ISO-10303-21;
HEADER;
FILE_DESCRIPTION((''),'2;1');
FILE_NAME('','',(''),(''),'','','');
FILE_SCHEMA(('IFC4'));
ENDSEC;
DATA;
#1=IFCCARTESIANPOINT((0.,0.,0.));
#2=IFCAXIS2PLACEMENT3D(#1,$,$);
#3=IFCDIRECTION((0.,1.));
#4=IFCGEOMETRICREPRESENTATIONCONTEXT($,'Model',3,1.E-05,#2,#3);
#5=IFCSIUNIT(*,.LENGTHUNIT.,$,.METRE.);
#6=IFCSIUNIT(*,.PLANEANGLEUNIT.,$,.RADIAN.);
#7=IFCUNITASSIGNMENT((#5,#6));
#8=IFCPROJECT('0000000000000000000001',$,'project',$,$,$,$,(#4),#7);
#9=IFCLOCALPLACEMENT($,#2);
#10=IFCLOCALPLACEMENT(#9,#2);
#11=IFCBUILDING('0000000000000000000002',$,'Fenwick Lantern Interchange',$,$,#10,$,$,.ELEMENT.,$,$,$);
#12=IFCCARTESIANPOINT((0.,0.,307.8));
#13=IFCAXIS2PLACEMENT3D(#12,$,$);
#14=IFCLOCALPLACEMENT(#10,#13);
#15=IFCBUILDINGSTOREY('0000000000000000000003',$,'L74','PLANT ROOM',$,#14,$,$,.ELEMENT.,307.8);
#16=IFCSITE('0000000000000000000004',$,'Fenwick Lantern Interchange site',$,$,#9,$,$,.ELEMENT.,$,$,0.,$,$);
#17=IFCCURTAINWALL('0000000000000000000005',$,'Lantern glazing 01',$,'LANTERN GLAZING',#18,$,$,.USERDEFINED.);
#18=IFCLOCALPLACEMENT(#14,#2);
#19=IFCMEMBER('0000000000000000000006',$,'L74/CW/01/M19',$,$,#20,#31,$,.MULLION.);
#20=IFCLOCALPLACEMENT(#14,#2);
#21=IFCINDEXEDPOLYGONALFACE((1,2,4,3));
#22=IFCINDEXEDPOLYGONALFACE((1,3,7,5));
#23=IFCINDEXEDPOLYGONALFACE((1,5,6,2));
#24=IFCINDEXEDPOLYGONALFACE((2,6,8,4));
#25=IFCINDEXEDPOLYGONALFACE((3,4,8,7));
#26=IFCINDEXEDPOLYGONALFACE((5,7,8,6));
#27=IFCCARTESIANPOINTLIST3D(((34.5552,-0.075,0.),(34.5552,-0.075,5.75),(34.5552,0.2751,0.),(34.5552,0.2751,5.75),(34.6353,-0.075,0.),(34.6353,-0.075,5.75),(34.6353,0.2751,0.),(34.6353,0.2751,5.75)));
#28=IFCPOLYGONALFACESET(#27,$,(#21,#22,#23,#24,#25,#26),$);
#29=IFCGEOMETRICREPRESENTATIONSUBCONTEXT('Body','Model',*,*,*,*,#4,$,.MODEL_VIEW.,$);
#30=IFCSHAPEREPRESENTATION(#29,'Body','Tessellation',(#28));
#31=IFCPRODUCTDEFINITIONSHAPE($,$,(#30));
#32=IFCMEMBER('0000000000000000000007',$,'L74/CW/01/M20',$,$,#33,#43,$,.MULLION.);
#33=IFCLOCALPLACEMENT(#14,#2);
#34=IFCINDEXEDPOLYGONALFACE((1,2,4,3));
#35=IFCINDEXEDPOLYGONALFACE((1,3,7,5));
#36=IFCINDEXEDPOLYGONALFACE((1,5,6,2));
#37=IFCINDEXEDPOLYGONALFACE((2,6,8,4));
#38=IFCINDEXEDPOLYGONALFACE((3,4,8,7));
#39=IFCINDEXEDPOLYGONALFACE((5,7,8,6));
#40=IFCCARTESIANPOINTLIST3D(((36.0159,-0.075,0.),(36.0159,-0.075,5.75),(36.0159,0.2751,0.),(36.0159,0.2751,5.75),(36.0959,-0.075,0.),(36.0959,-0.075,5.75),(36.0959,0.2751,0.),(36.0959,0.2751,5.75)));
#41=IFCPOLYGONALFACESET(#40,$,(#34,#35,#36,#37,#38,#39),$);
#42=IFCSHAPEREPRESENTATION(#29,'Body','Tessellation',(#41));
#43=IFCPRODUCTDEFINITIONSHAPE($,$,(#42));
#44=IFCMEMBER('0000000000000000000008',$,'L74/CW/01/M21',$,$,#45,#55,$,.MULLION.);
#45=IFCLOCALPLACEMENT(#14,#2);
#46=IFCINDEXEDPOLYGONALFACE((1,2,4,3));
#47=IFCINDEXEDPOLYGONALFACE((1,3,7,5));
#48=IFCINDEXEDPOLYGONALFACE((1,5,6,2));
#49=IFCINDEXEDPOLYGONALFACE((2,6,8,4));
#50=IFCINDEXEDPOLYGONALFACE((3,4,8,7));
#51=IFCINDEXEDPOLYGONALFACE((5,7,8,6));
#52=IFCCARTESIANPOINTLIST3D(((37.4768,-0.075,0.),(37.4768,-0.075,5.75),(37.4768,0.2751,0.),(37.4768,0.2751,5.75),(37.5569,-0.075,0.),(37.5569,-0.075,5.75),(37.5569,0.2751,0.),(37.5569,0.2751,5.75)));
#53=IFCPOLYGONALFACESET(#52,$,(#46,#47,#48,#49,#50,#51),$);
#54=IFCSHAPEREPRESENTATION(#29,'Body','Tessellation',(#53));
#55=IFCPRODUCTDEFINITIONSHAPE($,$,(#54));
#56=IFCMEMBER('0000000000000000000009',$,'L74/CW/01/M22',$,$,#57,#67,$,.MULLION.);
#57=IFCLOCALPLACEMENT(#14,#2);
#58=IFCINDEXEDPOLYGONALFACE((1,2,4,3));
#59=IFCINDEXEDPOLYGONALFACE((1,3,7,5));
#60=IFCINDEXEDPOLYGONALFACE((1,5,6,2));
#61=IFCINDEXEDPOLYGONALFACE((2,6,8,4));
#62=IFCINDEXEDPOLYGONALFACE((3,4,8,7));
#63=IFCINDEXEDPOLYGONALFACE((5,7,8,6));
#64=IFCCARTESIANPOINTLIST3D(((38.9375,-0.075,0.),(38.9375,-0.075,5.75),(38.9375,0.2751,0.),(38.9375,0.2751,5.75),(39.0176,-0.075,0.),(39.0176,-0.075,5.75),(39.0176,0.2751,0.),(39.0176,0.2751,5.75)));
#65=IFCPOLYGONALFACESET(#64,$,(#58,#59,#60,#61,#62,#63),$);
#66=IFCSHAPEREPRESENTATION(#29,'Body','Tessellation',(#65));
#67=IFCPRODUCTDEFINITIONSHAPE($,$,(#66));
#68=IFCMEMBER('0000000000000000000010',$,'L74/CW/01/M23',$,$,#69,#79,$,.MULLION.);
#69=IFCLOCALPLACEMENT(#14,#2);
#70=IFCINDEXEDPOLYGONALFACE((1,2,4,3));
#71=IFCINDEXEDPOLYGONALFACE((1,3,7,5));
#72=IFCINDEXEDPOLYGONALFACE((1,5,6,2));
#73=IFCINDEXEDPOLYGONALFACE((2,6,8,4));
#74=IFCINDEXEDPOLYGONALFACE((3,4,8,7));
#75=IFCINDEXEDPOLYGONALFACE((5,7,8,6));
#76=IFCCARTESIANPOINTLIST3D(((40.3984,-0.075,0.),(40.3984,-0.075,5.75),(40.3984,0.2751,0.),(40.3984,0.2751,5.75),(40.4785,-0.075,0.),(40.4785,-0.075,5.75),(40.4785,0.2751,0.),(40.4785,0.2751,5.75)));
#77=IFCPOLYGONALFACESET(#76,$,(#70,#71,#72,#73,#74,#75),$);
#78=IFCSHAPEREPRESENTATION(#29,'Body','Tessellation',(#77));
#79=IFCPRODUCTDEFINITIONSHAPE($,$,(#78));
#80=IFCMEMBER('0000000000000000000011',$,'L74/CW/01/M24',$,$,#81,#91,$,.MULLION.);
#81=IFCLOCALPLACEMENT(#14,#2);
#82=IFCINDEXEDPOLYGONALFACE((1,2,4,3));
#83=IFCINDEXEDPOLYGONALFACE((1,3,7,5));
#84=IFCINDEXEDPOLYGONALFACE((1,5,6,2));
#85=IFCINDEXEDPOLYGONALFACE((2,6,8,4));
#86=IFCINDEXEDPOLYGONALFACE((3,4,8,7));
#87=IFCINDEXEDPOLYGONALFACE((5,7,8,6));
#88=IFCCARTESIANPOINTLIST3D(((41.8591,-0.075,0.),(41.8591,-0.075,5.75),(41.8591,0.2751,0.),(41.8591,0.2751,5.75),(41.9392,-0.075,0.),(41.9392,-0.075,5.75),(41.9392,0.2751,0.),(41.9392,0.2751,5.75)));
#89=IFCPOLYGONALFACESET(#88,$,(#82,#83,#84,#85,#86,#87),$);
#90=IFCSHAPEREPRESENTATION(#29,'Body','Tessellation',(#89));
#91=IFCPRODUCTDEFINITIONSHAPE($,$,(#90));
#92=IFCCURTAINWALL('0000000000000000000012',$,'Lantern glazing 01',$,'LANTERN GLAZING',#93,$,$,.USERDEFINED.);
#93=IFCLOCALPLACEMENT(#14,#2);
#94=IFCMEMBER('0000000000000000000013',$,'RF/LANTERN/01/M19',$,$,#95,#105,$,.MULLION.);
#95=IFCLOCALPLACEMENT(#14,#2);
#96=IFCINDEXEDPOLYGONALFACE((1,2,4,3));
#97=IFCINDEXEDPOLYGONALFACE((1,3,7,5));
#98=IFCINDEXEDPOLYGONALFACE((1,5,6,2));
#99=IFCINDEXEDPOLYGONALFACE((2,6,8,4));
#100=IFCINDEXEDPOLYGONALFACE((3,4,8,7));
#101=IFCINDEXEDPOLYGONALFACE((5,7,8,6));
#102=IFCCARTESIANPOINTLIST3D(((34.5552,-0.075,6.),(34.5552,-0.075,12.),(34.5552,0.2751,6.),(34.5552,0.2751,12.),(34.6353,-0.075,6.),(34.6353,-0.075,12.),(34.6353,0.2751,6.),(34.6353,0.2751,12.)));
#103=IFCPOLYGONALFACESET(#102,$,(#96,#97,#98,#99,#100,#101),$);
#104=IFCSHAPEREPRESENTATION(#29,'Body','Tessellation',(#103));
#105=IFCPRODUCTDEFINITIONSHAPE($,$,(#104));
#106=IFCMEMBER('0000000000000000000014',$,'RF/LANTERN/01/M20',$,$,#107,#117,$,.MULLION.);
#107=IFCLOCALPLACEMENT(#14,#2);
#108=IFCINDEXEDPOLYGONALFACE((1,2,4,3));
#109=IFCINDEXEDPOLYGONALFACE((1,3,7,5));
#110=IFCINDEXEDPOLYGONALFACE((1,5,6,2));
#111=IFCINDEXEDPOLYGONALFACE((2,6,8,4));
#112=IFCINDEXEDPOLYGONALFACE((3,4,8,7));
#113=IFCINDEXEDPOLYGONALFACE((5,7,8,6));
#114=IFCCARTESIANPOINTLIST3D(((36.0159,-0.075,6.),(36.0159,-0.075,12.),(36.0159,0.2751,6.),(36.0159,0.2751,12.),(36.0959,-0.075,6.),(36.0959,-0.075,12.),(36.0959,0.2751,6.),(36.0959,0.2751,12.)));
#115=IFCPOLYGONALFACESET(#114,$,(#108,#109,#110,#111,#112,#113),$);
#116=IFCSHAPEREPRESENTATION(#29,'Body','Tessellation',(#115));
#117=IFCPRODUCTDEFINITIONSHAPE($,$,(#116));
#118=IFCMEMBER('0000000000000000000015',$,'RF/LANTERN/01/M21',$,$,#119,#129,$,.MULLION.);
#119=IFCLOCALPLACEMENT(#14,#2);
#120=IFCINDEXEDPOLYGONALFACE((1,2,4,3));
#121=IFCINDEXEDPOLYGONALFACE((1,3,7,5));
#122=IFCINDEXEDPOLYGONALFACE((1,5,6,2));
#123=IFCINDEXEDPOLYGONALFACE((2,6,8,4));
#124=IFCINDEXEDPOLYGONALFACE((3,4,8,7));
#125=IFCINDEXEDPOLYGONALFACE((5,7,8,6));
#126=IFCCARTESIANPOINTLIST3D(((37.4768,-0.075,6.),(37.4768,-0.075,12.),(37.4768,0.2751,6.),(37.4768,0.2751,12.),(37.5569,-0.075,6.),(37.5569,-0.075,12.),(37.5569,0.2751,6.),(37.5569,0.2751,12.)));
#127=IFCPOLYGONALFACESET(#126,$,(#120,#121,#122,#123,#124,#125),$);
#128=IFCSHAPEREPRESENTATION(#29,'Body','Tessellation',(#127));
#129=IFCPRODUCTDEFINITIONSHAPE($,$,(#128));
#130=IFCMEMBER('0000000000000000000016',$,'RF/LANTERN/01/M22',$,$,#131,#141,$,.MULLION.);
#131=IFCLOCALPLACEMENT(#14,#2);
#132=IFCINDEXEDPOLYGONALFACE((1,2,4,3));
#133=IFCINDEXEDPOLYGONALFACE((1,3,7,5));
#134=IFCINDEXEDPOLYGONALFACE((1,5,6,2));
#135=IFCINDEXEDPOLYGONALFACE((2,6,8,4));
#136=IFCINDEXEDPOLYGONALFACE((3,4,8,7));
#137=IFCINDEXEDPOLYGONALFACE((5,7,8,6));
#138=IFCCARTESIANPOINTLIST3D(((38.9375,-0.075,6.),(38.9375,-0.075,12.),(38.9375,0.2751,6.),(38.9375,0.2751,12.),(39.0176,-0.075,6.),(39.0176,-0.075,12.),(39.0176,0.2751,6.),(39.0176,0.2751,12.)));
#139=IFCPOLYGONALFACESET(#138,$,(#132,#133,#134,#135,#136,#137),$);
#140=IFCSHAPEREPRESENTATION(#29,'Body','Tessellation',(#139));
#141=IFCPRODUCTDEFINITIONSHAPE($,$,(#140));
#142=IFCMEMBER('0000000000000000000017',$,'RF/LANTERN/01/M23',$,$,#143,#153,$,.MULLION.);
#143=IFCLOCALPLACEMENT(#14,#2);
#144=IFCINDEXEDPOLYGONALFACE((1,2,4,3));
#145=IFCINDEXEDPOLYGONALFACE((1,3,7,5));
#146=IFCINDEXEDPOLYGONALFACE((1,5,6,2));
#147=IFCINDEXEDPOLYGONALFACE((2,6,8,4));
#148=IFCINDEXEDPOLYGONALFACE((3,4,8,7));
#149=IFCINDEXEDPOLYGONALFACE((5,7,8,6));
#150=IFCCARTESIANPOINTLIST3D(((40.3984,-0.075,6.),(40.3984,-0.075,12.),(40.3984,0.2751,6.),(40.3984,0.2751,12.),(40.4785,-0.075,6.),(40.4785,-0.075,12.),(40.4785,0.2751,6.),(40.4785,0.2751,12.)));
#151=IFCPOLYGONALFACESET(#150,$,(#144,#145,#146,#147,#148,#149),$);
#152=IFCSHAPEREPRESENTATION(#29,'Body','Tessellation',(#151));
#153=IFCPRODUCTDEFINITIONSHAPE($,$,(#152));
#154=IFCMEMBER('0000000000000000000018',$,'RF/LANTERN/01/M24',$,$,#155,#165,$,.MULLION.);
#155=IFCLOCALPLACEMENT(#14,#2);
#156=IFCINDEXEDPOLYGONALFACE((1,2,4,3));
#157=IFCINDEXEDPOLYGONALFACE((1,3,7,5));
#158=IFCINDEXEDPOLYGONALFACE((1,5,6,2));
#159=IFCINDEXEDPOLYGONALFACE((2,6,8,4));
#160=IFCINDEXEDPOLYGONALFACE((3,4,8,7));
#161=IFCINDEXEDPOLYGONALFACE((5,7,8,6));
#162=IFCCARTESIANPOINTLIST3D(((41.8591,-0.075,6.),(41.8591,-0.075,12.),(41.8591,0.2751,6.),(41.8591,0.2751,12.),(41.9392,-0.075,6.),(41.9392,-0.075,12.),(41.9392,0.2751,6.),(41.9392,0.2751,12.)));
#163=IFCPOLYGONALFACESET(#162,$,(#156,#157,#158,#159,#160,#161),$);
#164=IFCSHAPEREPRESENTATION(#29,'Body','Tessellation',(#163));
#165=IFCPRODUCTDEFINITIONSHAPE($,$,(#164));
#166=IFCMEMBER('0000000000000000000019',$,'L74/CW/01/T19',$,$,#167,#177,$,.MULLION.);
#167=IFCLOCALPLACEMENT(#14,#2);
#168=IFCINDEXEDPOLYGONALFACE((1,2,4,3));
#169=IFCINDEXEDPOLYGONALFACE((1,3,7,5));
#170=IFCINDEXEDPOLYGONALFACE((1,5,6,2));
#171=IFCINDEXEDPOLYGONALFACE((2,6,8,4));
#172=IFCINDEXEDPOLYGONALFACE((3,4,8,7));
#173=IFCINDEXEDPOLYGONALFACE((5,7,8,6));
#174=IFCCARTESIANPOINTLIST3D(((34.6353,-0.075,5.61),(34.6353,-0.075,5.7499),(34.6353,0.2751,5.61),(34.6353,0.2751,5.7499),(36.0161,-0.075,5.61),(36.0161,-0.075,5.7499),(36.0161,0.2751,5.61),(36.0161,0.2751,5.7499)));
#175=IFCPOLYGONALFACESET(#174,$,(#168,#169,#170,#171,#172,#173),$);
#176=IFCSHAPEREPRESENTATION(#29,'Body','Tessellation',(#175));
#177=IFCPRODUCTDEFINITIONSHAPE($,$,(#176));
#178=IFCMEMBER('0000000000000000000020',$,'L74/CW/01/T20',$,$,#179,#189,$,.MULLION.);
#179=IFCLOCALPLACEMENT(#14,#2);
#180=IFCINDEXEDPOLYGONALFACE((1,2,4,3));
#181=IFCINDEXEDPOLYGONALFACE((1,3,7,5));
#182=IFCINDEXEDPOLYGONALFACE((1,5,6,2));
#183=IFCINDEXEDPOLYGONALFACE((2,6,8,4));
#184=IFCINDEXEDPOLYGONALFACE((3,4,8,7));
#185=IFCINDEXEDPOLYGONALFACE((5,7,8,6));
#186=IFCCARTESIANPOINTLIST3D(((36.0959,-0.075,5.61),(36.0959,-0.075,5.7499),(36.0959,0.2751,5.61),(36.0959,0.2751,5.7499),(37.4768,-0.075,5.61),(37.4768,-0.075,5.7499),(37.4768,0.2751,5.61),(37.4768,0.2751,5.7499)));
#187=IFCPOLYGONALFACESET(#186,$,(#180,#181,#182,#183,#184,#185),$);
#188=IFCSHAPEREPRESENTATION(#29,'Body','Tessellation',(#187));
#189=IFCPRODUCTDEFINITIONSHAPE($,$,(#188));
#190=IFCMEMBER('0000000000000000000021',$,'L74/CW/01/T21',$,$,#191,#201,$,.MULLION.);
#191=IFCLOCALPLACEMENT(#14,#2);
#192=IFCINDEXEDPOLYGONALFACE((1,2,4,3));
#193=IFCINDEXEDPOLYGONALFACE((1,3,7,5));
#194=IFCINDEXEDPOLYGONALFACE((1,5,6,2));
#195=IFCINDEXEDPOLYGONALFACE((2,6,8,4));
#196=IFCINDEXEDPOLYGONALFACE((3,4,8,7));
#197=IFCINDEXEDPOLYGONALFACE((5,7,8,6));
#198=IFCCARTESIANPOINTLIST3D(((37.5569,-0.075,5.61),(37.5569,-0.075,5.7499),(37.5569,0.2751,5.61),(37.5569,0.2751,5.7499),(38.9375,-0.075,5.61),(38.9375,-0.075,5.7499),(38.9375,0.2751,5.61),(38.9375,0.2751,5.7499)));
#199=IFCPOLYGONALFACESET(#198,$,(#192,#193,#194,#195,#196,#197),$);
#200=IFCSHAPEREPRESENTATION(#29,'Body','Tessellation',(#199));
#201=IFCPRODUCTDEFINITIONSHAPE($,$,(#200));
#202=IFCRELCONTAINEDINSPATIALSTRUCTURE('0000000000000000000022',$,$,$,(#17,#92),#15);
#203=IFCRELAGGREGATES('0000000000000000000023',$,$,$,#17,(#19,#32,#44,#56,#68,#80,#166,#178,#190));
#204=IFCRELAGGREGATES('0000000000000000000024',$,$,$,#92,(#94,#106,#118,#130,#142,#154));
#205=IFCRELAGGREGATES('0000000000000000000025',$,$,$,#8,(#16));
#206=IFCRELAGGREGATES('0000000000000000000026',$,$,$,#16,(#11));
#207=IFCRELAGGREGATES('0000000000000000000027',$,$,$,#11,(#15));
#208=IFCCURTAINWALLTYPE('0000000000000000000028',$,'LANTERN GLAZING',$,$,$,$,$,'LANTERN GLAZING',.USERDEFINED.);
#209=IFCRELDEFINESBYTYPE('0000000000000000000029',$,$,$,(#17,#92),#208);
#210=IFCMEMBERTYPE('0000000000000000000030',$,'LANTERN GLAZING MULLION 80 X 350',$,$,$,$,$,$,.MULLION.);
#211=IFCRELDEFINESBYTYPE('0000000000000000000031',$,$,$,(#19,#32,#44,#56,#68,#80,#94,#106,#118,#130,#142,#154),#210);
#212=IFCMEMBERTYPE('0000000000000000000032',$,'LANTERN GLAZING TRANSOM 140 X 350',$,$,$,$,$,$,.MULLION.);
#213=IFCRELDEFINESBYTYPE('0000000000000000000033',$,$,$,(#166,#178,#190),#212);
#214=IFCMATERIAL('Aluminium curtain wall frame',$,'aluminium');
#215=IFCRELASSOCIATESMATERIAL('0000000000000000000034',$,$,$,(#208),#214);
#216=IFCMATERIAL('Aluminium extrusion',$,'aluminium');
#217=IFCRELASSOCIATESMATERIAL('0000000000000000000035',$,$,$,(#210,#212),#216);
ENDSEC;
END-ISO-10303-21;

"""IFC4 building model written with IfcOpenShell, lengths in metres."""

from ifc_helpers import new_model, si_unit, direction, frame, origin, origin_2d, place, context, subcontext, project, spatial, rectangle, extrude, material, material_profile, profile_set, type_object, element, aggregate, save


model = new_model("IFC4")

# Units and contexts
model_context = context("Model", 3, precision=1e-05, world=origin(), true_north=direction((0.0, 1.0)))
body_context = subcontext(model_context, "Body", "Model", "MODEL_VIEW")
ifc_project = project(units=[si_unit("LENGTHUNIT", "METRE"), si_unit("PLANEANGLEUNIT", "RADIAN")], contexts=[model_context])

# Site, building, storey
site_placement = place(None, origin())
site = spatial("IfcSite", under=ifc_project, at=site_placement, Name="Fenwick Lantern Interchange site", CompositionType="ELEMENT", RefElevation=0.0)
building_placement = place(site_placement, origin())
building = spatial("IfcBuilding", under=site, at=building_placement, Name="Fenwick Lantern Interchange", CompositionType="ELEMENT")
storey_placement = place(building_placement, frame((0.0, 0.0, 307.8)))
storey = spatial("IfcBuildingStorey", under=building, at=storey_placement, Name="L74", Description="PLANT ROOM", CompositionType="ELEMENT", Elevation=307.8)

# Curtain walls, members
ifc_material_1 = material(Name="Aluminium curtain wall frame", Category="aluminium")
curtain_wall_type = type_object("IfcCurtainWallType", Name="LANTERN GLAZING", ElementType="LANTERN GLAZING", PredefinedType="USERDEFINED", material=ifc_material_1)
curtain_wall_1_placement = place(storey_placement, origin())
curtain_wall_1 = element("IfcCurtainWall", 1, at=curtain_wall_1_placement, inside=storey, type_object=curtain_wall_type, Name="Lantern glazing 01", ObjectType="LANTERN GLAZING", PredefinedType="USERDEFINED")
ifc_material_2 = material(Name="Aluminium extrusion", Category="aluminium")
ifc_material_profile_1 = material_profile(ifc_material_2, rectangle(XDim=0.3501, YDim=0.0801, at=origin_2d()), Name="LANTERN GLAZING MULLION 80 X 350")
ifc_profile_set_1 = profile_set([ifc_material_profile_1], Name="Aluminium extrusion")
member_type_1 = type_object("IfcMemberType", Name="LANTERN GLAZING MULLION 80 X 350", PredefinedType="MULLION", material=ifc_profile_set_1)
member_1_placement = place(storey_placement, frame((34.5952, 0.1001, 0.0), z_axis=(0.0, 0.0, 1.0), x_axis=(0.0, 1.0, 0.0)))
member_1 = element("IfcMember", 2, at=member_1_placement, type_object=member_type_1, Name="L74/CW/01/M19", PredefinedType="MULLION", context=body_context, shape_type="SweptSolid", body=[
    extrude(rectangle(XDim=0.3501, YDim=0.0801, at=origin_2d()), origin(), (0.0, 0.0, 1.0), 5.75),
])
member_2_placement = place(storey_placement, frame((36.0559, 0.1001, 0.0), z_axis=(0.0, 0.0, 1.0), x_axis=(0.0, 1.0, 0.0)))
member_2 = element("IfcMember", 3, at=member_2_placement, type_object=member_type_1, Name="L74/CW/01/M20", PredefinedType="MULLION", context=body_context, shape_type="SweptSolid", body=[
    extrude(rectangle(XDim=0.3501, YDim=0.0801, at=origin_2d()), origin(), (0.0, 0.0, 1.0), 5.75),
])
member_3_placement = place(storey_placement, frame((37.5168, 0.1001, 0.0), z_axis=(0.0, 0.0, 1.0), x_axis=(0.0, 1.0, 0.0)))
member_3 = element("IfcMember", 4, at=member_3_placement, type_object=member_type_1, Name="L74/CW/01/M21", PredefinedType="MULLION", context=body_context, shape_type="SweptSolid", body=[
    extrude(rectangle(XDim=0.3501, YDim=0.0801, at=origin_2d()), origin(), (0.0, 0.0, 1.0), 5.75),
])
member_4_placement = place(storey_placement, frame((38.9775, 0.1001, 0.0), z_axis=(0.0, 0.0, 1.0), x_axis=(0.0, 1.0, 0.0)))
member_4 = element("IfcMember", 5, at=member_4_placement, type_object=member_type_1, Name="L74/CW/01/M22", PredefinedType="MULLION", context=body_context, shape_type="SweptSolid", body=[
    extrude(rectangle(XDim=0.3501, YDim=0.0801, at=origin_2d()), origin(), (0.0, 0.0, 1.0), 5.75),
])
member_5_placement = place(storey_placement, frame((40.4385, 0.1001, 0.0), z_axis=(0.0, 0.0, 1.0), x_axis=(0.0, 1.0, 0.0)))
member_5 = element("IfcMember", 6, at=member_5_placement, type_object=member_type_1, Name="L74/CW/01/M23", PredefinedType="MULLION", context=body_context, shape_type="SweptSolid", body=[
    extrude(rectangle(XDim=0.3501, YDim=0.0801, at=origin_2d()), origin(), (0.0, 0.0, 1.0), 5.75),
])
member_6_placement = place(storey_placement, frame((41.8992, 0.1001, 0.0), z_axis=(0.0, 0.0, 1.0), x_axis=(0.0, 1.0, 0.0)))
member_6 = element("IfcMember", 7, at=member_6_placement, type_object=member_type_1, Name="L74/CW/01/M24", PredefinedType="MULLION", context=body_context, shape_type="SweptSolid", body=[
    extrude(rectangle(XDim=0.3501, YDim=0.0801, at=origin_2d()), origin(), (0.0, 0.0, 1.0), 5.75),
])
curtain_wall_2_placement = place(storey_placement, origin())
curtain_wall_2 = element("IfcCurtainWall", 8, at=curtain_wall_2_placement, inside=storey, type_object=curtain_wall_type, Name="Lantern glazing 01", ObjectType="LANTERN GLAZING", PredefinedType="USERDEFINED")
member_7_placement = place(storey_placement, frame((34.5952, 0.1001, 6.0), z_axis=(0.0, 0.0, 1.0), x_axis=(0.0, 1.0, 0.0)))
member_7 = element("IfcMember", 9, at=member_7_placement, type_object=member_type_1, Name="RF/LANTERN/01/M19", PredefinedType="MULLION", context=body_context, shape_type="SweptSolid", body=[
    extrude(rectangle(XDim=0.3501, YDim=0.0801, at=origin_2d()), origin(), (0.0, 0.0, 1.0), 6.0),
])
member_8_placement = place(storey_placement, frame((36.0559, 0.1001, 6.0), z_axis=(0.0, 0.0, 1.0), x_axis=(0.0, 1.0, 0.0)))
member_8 = element("IfcMember", 10, at=member_8_placement, type_object=member_type_1, Name="RF/LANTERN/01/M20", PredefinedType="MULLION", context=body_context, shape_type="SweptSolid", body=[
    extrude(rectangle(XDim=0.3501, YDim=0.0801, at=origin_2d()), origin(), (0.0, 0.0, 1.0), 6.0),
])
member_9_placement = place(storey_placement, frame((37.5168, 0.1001, 6.0), z_axis=(0.0, 0.0, 1.0), x_axis=(0.0, 1.0, 0.0)))
member_9 = element("IfcMember", 11, at=member_9_placement, type_object=member_type_1, Name="RF/LANTERN/01/M21", PredefinedType="MULLION", context=body_context, shape_type="SweptSolid", body=[
    extrude(rectangle(XDim=0.3501, YDim=0.0801, at=origin_2d()), origin(), (0.0, 0.0, 1.0), 6.0),
])
member_10_placement = place(storey_placement, frame((38.9775, 0.1001, 6.0), z_axis=(0.0, 0.0, 1.0), x_axis=(0.0, 1.0, 0.0)))
member_10 = element("IfcMember", 12, at=member_10_placement, type_object=member_type_1, Name="RF/LANTERN/01/M22", PredefinedType="MULLION", context=body_context, shape_type="SweptSolid", body=[
    extrude(rectangle(XDim=0.3501, YDim=0.0801, at=origin_2d()), origin(), (0.0, 0.0, 1.0), 6.0),
])
member_11_placement = place(storey_placement, frame((40.4385, 0.1001, 6.0), z_axis=(0.0, 0.0, 1.0), x_axis=(0.0, 1.0, 0.0)))
member_11 = element("IfcMember", 13, at=member_11_placement, type_object=member_type_1, Name="RF/LANTERN/01/M23", PredefinedType="MULLION", context=body_context, shape_type="SweptSolid", body=[
    extrude(rectangle(XDim=0.3501, YDim=0.0801, at=origin_2d()), origin(), (0.0, 0.0, 1.0), 6.0),
])
member_12_placement = place(storey_placement, frame((41.8992, 0.1001, 6.0), z_axis=(0.0, 0.0, 1.0), x_axis=(0.0, 1.0, 0.0)))
member_12 = element("IfcMember", 14, at=member_12_placement, type_object=member_type_1, Name="RF/LANTERN/01/M24", PredefinedType="MULLION", context=body_context, shape_type="SweptSolid", body=[
    extrude(rectangle(XDim=0.3501, YDim=0.0801, at=origin_2d()), origin(), (0.0, 0.0, 1.0), 6.0),
])

# Members
ifc_material_profile_2 = material_profile(ifc_material_2, rectangle(XDim=0.3501, YDim=0.1399, at=origin_2d()), Name="LANTERN GLAZING TRANSOM 140 X 350")
ifc_profile_set_2 = profile_set([ifc_material_profile_2], Name="Aluminium extrusion")
member_type_2 = type_object("IfcMemberType", Name="LANTERN GLAZING TRANSOM 140 X 350", PredefinedType="MULLION", material=ifc_profile_set_2)
member_13_placement = place(storey_placement, frame((34.6353, 0.1001, 5.6799), z_axis=(1.0, 0.0, 0.0), x_axis=(0.0, 1.0, 0.0)))
member_13 = element("IfcMember", 15, at=member_13_placement, type_object=member_type_2, Name="L74/CW/01/T19", PredefinedType="MULLION", context=body_context, shape_type="SweptSolid", body=[
    extrude(rectangle(XDim=0.3501, YDim=0.1399, at=origin_2d()), origin(), (0.0, 0.0, 1.0), 1.3809),
])
member_14_placement = place(storey_placement, frame((36.0959, 0.1001, 5.6799), z_axis=(1.0, 0.0, 0.0), x_axis=(0.0, 1.0, 0.0)))
member_14 = element("IfcMember", 16, at=member_14_placement, type_object=member_type_2, Name="L74/CW/01/T20", PredefinedType="MULLION", context=body_context, shape_type="SweptSolid", body=[
    extrude(rectangle(XDim=0.3501, YDim=0.1399, at=origin_2d()), origin(), (0.0, 0.0, 1.0), 1.3809),
])
member_15_placement = place(storey_placement, frame((37.5569, 0.1001, 5.6799), z_axis=(1.0, 0.0, 0.0), x_axis=(0.0, 1.0, 0.0)))
member_15 = element("IfcMember", 17, at=member_15_placement, type_object=member_type_2, Name="L74/CW/01/T21", PredefinedType="MULLION", context=body_context, shape_type="SweptSolid", body=[
    extrude(rectangle(XDim=0.3501, YDim=0.1399, at=origin_2d()), origin(), (0.0, 0.0, 1.0), 1.3806),
])

aggregate(curtain_wall_1, [member_1, member_2, member_3, member_4, member_5, member_6, member_13, member_14, member_15])
aggregate(curtain_wall_2, [member_7, member_8, member_9, member_10, member_11, member_12])

save(model, "model.ifc")
